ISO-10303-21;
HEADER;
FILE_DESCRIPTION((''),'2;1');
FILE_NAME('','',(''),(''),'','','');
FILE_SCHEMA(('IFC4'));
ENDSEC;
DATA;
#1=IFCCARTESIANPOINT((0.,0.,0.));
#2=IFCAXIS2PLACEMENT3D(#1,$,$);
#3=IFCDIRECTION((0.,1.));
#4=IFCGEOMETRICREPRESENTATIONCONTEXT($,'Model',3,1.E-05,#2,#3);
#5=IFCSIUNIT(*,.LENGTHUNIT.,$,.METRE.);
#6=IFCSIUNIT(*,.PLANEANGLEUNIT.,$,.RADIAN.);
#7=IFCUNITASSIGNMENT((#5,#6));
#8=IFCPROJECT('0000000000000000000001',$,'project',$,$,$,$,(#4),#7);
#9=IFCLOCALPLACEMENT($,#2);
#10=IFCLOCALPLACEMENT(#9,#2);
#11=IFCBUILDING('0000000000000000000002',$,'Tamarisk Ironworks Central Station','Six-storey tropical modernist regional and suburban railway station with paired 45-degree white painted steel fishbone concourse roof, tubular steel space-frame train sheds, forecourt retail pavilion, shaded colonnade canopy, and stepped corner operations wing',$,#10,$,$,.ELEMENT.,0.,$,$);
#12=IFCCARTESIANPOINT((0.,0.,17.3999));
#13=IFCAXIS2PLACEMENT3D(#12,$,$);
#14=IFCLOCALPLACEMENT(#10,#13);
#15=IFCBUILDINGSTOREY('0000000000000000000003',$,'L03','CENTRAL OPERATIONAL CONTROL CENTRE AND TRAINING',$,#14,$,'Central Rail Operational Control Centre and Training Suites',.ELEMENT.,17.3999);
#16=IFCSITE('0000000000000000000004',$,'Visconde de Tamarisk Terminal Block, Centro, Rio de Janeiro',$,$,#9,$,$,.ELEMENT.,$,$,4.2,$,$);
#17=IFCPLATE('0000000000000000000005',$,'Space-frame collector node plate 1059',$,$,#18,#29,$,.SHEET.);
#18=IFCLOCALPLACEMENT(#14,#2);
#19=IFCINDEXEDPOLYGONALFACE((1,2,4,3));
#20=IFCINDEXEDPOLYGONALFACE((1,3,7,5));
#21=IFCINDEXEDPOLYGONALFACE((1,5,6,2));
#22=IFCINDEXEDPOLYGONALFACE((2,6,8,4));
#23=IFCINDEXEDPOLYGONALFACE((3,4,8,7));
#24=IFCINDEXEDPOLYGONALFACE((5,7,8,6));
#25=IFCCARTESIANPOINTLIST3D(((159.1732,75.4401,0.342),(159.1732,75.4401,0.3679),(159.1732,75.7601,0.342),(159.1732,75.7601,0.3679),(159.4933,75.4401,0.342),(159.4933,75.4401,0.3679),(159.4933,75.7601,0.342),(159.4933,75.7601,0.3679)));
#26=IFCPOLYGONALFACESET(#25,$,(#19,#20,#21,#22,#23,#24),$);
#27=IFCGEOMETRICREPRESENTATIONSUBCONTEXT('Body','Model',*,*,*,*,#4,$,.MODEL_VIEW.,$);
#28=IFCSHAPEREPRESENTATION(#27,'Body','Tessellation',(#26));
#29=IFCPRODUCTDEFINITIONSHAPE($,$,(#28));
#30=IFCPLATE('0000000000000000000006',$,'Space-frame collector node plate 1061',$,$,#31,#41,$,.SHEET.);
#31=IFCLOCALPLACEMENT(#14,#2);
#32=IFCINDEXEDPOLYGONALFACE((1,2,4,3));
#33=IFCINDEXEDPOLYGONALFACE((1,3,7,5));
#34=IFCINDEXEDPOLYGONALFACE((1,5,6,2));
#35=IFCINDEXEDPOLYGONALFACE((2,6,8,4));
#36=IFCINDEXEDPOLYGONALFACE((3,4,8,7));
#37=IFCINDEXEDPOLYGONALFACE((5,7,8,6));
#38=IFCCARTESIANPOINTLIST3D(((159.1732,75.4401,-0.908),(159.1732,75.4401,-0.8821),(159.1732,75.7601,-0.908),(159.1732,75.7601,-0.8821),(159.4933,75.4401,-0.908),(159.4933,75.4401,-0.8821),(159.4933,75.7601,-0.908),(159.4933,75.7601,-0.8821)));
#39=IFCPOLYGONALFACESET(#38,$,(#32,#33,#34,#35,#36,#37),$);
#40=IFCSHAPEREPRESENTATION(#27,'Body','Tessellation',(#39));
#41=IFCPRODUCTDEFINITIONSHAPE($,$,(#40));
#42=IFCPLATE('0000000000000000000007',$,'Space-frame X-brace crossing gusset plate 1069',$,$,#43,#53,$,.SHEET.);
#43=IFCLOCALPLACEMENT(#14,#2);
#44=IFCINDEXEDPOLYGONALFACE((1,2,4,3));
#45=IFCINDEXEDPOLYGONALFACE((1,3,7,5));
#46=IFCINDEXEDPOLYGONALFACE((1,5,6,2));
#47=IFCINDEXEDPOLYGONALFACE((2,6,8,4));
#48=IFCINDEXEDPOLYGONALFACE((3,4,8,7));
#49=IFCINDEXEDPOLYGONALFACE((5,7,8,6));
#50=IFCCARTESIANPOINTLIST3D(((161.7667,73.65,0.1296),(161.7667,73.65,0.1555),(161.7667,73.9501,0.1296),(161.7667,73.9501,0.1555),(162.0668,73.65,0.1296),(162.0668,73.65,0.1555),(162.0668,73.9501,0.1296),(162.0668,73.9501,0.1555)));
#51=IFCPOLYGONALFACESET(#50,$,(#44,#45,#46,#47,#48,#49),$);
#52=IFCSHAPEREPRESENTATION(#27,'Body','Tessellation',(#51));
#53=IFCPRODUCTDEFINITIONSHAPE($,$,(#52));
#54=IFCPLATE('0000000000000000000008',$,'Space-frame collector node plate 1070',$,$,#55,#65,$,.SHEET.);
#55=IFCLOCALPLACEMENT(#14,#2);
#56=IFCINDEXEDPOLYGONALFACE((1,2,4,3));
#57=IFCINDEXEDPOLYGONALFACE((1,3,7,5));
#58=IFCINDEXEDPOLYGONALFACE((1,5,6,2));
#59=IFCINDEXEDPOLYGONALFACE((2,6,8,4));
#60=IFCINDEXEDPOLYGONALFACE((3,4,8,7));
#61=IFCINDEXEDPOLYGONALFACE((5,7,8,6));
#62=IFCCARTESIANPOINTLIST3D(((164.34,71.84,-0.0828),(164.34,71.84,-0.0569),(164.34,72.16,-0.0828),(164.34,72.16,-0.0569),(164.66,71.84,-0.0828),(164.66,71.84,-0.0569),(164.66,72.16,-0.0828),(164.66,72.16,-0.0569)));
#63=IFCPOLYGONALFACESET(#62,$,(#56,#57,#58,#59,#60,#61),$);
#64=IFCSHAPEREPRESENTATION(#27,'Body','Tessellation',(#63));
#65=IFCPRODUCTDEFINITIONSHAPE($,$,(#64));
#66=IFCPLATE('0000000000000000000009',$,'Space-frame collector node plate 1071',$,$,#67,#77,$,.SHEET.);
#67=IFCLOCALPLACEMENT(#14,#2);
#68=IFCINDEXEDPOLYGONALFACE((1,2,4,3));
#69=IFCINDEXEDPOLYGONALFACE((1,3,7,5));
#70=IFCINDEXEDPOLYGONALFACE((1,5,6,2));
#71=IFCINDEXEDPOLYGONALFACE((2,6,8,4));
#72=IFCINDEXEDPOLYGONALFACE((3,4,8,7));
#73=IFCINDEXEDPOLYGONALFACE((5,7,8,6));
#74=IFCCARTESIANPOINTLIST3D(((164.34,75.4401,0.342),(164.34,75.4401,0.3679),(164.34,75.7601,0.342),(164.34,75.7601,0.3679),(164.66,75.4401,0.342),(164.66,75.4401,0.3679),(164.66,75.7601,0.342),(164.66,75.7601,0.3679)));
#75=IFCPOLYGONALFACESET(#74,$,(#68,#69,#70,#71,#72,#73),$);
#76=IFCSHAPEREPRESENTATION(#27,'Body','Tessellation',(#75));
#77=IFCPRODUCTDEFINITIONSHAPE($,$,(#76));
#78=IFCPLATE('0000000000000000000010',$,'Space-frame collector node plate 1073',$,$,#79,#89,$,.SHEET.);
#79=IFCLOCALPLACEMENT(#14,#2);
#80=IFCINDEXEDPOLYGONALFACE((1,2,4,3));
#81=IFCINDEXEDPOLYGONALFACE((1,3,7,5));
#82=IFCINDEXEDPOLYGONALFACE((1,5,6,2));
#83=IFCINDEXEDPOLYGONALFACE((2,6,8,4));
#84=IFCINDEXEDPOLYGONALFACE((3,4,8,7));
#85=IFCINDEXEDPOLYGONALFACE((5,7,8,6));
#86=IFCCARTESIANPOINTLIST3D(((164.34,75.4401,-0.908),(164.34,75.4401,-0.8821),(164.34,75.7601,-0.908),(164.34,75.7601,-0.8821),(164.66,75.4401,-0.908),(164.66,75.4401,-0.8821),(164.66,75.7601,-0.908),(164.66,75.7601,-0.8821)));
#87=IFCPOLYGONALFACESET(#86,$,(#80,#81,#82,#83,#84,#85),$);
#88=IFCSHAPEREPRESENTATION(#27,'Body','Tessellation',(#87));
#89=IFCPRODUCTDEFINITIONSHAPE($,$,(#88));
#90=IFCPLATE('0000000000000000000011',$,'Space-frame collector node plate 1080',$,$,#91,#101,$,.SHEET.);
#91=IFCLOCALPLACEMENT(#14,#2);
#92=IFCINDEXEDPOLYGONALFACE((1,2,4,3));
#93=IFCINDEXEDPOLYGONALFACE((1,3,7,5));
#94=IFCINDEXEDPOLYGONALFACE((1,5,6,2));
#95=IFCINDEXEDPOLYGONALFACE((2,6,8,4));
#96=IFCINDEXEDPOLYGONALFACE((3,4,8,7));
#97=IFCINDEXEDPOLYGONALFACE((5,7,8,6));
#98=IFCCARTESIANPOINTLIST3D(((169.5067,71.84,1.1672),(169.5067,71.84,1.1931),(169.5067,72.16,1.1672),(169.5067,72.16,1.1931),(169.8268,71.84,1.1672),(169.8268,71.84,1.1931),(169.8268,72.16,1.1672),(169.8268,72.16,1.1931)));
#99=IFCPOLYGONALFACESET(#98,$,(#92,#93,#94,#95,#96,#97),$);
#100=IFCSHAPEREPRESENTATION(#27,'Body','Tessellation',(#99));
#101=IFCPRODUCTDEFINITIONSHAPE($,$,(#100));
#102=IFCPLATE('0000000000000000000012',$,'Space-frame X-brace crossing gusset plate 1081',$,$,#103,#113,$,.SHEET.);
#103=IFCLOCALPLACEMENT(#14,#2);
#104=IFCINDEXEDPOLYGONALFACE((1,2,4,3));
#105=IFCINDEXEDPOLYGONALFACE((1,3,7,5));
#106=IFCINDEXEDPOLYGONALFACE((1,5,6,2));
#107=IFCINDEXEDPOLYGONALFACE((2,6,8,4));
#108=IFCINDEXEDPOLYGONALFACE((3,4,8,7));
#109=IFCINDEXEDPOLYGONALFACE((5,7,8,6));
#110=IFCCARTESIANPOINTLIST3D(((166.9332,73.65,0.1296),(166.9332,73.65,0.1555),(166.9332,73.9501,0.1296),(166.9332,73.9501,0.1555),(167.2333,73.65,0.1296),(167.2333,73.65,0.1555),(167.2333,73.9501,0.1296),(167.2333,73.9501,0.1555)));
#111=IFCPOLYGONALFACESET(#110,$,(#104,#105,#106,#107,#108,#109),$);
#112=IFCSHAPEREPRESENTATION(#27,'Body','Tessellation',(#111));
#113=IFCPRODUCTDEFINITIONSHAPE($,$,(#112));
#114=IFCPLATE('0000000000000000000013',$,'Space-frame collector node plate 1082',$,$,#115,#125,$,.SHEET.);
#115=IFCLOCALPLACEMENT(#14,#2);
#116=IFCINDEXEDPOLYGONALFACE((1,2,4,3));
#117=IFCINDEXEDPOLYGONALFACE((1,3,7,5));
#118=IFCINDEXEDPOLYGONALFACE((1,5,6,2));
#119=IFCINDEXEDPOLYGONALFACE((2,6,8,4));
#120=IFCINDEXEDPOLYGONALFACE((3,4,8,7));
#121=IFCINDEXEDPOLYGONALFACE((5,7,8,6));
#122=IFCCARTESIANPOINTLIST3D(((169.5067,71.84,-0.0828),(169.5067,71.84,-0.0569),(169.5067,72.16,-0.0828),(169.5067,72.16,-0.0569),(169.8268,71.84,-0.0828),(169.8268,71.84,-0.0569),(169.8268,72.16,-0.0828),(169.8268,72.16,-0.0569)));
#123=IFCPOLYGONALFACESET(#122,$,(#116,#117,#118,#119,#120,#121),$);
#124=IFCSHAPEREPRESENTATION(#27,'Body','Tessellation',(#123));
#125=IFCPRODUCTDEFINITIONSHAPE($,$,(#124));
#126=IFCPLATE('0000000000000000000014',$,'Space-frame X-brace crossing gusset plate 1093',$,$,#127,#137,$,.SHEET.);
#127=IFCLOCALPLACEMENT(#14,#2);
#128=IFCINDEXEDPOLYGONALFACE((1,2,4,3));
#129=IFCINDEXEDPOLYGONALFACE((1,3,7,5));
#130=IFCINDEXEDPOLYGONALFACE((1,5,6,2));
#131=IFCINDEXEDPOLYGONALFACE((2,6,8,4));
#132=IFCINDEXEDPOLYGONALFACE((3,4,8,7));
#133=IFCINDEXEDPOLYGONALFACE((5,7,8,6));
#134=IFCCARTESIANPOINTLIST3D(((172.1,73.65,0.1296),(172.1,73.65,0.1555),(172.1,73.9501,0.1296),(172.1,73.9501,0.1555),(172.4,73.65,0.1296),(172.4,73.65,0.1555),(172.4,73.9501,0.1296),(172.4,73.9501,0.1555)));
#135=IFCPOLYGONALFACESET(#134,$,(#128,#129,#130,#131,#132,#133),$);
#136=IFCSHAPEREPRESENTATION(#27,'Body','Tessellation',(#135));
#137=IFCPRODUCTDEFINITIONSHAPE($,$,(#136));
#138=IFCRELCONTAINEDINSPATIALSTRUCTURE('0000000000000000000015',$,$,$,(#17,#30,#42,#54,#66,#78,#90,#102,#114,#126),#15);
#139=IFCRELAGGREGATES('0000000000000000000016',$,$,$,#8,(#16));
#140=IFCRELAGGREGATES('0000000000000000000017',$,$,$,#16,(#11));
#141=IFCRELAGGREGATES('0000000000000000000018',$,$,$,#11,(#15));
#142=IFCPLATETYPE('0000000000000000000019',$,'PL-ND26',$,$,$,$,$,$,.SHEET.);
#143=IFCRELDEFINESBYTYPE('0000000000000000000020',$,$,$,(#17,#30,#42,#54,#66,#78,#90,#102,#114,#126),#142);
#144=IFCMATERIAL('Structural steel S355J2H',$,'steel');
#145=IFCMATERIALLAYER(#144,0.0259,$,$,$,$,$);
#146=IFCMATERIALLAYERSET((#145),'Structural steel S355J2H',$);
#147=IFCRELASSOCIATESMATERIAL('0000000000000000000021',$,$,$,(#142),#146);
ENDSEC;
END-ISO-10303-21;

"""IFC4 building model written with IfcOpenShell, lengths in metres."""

from ifc_helpers import new_model, si_unit, direction, frame, origin, origin_2d, place, context, subcontext, project, spatial, rectangle, extrude, material, layer, layer_set, type_object, element, save


model = new_model("IFC4")

# Units and contexts
model_context = context("Model", 3, precision=1e-05, world=origin(), true_north=direction((0.0, 1.0)))
body_context = subcontext(model_context, "Body", "Model", "MODEL_VIEW")
ifc_project = project(units=[si_unit("LENGTHUNIT", "METRE"), si_unit("PLANEANGLEUNIT", "RADIAN")], contexts=[model_context])

# Site, building, storey
site_placement = place(None, origin())
site = spatial("IfcSite", under=ifc_project, at=site_placement, Name="Visconde de Tamarisk Terminal Block, Centro, Rio de Janeiro", CompositionType="ELEMENT", RefElevation=4.2)
building_placement = place(site_placement, origin())
building = spatial("IfcBuilding", under=site, at=building_placement, Name="Tamarisk Ironworks Central Station", Description="Six-storey tropical modernist regional and suburban railway station with paired 45-degree white painted steel fishbone concourse roof, tubular steel space-frame train sheds, forecourt retail pavilion, shaded colonnade canopy, and stepped corner operations wing", CompositionType="ELEMENT", ElevationOfRefHeight=0.0)
storey_placement = place(building_placement, frame((0.0, 0.0, 17.3999)))
storey = spatial("IfcBuildingStorey", under=building, at=storey_placement, Name="L03", Description="CENTRAL OPERATIONAL CONTROL CENTRE AND TRAINING", LongName="Central Rail Operational Control Centre and Training Suites", CompositionType="ELEMENT", Elevation=17.3999)

# Shared definitions
ifc_material = material(Name="Structural steel S355J2H", Category="steel")

# Plates
ifc_layer = layer(ifc_material, 0.0259)
ifc_layer_set = layer_set([ifc_layer], Name="Structural steel S355J2H")
plate_type = type_object("IfcPlateType", Name="PL-ND26", PredefinedType="SHEET", material=ifc_layer_set)
for number, where, z_axis, x_axis, name in (
    (1, (159.3333, 75.6001, 0.342), (0.0, 0.0, 1.0), (1.0, 0.0, 0.0), "Space-frame collector node plate 1059"),
    (2, (159.3333, 75.6001, -0.908), (0.0, 0.0, 1.0), (1.0, 0.0, 0.0), "Space-frame collector node plate 1061"),
):
    element("IfcPlate", number, at=place(storey_placement, frame(where, z_axis=z_axis, x_axis=x_axis)), inside=storey, type_object=plate_type, Name=name, PredefinedType="SHEET", context=body_context, shape_type="SweptSolid", body=[
        extrude(rectangle(XDim=0.3201, YDim=0.3201, at=origin_2d()), origin(), (0.0, 0.0, 1.0), 0.0259),
    ])
plate_1_placement = place(storey_placement, frame((161.9167, 73.8, 0.1296), z_axis=(0.0, 0.0, 1.0), x_axis=(1.0, 0.0, 0.0)))
element("IfcPlate", 3, at=plate_1_placement, inside=storey, type_object=plate_type, Name="Space-frame X-brace crossing gusset plate 1069", PredefinedType="SHEET", context=body_context, shape_type="SweptSolid", body=[
    extrude(rectangle(XDim=0.3, YDim=0.3, at=origin_2d()), origin(), (0.0, 0.0, 1.0), 0.0259),
])
for number, where, z_axis, x_axis, name in (
    (4, (164.5, 72.0, -0.0828), (0.0, 0.0, 1.0), (1.0, 0.0, 0.0), "Space-frame collector node plate 1070"),
    (5, (164.5, 75.6001, 0.342), (0.0, 0.0, 1.0), (1.0, 0.0, 0.0), "Space-frame collector node plate 1071"),
    (6, (164.5, 75.6001, -0.908), (0.0, 0.0, 1.0), (1.0, 0.0, 0.0), "Space-frame collector node plate 1073"),
    (7, (169.6667, 72.0, 1.1672), (0.0, 0.0, 1.0), (1.0, 0.0, 0.0), "Space-frame collector node plate 1080"),
):
    element("IfcPlate", number, at=place(storey_placement, frame(where, z_axis=z_axis, x_axis=x_axis)), inside=storey, type_object=plate_type, Name=name, PredefinedType="SHEET", context=body_context, shape_type="SweptSolid", body=[
        extrude(rectangle(XDim=0.3201, YDim=0.3201, at=origin_2d()), origin(), (0.0, 0.0, 1.0), 0.0259),
    ])
plate_2_placement = place(storey_placement, frame((167.0833, 73.8, 0.1296), z_axis=(0.0, 0.0, 1.0), x_axis=(1.0, 0.0, 0.0)))
element("IfcPlate", 8, at=plate_2_placement, inside=storey, type_object=plate_type, Name="Space-frame X-brace crossing gusset plate 1081", PredefinedType="SHEET", context=body_context, shape_type="SweptSolid", body=[
    extrude(rectangle(XDim=0.3, YDim=0.3, at=origin_2d()), origin(), (0.0, 0.0, 1.0), 0.0259),
])
plate_3_placement = place(storey_placement, frame((169.6667, 72.0, -0.0828), z_axis=(0.0, 0.0, 1.0), x_axis=(1.0, 0.0, 0.0)))
element("IfcPlate", 9, at=plate_3_placement, inside=storey, type_object=plate_type, Name="Space-frame collector node plate 1082", PredefinedType="SHEET", context=body_context, shape_type="SweptSolid", body=[
    extrude(rectangle(XDim=0.3201, YDim=0.3201, at=origin_2d()), origin(), (0.0, 0.0, 1.0), 0.0259),
])
plate_4_placement = place(storey_placement, frame((172.25, 73.8, 0.1296), z_axis=(0.0, 0.0, 1.0), x_axis=(1.0, 0.0, 0.0)))
element("IfcPlate", 10, at=plate_4_placement, inside=storey, type_object=plate_type, Name="Space-frame X-brace crossing gusset plate 1093", PredefinedType="SHEET", context=body_context, shape_type="SweptSolid", body=[
    extrude(rectangle(XDim=0.3, YDim=0.3, at=origin_2d()), origin(), (0.0, 0.0, 1.0), 0.0259),
])

save(model, "model.ifc")
